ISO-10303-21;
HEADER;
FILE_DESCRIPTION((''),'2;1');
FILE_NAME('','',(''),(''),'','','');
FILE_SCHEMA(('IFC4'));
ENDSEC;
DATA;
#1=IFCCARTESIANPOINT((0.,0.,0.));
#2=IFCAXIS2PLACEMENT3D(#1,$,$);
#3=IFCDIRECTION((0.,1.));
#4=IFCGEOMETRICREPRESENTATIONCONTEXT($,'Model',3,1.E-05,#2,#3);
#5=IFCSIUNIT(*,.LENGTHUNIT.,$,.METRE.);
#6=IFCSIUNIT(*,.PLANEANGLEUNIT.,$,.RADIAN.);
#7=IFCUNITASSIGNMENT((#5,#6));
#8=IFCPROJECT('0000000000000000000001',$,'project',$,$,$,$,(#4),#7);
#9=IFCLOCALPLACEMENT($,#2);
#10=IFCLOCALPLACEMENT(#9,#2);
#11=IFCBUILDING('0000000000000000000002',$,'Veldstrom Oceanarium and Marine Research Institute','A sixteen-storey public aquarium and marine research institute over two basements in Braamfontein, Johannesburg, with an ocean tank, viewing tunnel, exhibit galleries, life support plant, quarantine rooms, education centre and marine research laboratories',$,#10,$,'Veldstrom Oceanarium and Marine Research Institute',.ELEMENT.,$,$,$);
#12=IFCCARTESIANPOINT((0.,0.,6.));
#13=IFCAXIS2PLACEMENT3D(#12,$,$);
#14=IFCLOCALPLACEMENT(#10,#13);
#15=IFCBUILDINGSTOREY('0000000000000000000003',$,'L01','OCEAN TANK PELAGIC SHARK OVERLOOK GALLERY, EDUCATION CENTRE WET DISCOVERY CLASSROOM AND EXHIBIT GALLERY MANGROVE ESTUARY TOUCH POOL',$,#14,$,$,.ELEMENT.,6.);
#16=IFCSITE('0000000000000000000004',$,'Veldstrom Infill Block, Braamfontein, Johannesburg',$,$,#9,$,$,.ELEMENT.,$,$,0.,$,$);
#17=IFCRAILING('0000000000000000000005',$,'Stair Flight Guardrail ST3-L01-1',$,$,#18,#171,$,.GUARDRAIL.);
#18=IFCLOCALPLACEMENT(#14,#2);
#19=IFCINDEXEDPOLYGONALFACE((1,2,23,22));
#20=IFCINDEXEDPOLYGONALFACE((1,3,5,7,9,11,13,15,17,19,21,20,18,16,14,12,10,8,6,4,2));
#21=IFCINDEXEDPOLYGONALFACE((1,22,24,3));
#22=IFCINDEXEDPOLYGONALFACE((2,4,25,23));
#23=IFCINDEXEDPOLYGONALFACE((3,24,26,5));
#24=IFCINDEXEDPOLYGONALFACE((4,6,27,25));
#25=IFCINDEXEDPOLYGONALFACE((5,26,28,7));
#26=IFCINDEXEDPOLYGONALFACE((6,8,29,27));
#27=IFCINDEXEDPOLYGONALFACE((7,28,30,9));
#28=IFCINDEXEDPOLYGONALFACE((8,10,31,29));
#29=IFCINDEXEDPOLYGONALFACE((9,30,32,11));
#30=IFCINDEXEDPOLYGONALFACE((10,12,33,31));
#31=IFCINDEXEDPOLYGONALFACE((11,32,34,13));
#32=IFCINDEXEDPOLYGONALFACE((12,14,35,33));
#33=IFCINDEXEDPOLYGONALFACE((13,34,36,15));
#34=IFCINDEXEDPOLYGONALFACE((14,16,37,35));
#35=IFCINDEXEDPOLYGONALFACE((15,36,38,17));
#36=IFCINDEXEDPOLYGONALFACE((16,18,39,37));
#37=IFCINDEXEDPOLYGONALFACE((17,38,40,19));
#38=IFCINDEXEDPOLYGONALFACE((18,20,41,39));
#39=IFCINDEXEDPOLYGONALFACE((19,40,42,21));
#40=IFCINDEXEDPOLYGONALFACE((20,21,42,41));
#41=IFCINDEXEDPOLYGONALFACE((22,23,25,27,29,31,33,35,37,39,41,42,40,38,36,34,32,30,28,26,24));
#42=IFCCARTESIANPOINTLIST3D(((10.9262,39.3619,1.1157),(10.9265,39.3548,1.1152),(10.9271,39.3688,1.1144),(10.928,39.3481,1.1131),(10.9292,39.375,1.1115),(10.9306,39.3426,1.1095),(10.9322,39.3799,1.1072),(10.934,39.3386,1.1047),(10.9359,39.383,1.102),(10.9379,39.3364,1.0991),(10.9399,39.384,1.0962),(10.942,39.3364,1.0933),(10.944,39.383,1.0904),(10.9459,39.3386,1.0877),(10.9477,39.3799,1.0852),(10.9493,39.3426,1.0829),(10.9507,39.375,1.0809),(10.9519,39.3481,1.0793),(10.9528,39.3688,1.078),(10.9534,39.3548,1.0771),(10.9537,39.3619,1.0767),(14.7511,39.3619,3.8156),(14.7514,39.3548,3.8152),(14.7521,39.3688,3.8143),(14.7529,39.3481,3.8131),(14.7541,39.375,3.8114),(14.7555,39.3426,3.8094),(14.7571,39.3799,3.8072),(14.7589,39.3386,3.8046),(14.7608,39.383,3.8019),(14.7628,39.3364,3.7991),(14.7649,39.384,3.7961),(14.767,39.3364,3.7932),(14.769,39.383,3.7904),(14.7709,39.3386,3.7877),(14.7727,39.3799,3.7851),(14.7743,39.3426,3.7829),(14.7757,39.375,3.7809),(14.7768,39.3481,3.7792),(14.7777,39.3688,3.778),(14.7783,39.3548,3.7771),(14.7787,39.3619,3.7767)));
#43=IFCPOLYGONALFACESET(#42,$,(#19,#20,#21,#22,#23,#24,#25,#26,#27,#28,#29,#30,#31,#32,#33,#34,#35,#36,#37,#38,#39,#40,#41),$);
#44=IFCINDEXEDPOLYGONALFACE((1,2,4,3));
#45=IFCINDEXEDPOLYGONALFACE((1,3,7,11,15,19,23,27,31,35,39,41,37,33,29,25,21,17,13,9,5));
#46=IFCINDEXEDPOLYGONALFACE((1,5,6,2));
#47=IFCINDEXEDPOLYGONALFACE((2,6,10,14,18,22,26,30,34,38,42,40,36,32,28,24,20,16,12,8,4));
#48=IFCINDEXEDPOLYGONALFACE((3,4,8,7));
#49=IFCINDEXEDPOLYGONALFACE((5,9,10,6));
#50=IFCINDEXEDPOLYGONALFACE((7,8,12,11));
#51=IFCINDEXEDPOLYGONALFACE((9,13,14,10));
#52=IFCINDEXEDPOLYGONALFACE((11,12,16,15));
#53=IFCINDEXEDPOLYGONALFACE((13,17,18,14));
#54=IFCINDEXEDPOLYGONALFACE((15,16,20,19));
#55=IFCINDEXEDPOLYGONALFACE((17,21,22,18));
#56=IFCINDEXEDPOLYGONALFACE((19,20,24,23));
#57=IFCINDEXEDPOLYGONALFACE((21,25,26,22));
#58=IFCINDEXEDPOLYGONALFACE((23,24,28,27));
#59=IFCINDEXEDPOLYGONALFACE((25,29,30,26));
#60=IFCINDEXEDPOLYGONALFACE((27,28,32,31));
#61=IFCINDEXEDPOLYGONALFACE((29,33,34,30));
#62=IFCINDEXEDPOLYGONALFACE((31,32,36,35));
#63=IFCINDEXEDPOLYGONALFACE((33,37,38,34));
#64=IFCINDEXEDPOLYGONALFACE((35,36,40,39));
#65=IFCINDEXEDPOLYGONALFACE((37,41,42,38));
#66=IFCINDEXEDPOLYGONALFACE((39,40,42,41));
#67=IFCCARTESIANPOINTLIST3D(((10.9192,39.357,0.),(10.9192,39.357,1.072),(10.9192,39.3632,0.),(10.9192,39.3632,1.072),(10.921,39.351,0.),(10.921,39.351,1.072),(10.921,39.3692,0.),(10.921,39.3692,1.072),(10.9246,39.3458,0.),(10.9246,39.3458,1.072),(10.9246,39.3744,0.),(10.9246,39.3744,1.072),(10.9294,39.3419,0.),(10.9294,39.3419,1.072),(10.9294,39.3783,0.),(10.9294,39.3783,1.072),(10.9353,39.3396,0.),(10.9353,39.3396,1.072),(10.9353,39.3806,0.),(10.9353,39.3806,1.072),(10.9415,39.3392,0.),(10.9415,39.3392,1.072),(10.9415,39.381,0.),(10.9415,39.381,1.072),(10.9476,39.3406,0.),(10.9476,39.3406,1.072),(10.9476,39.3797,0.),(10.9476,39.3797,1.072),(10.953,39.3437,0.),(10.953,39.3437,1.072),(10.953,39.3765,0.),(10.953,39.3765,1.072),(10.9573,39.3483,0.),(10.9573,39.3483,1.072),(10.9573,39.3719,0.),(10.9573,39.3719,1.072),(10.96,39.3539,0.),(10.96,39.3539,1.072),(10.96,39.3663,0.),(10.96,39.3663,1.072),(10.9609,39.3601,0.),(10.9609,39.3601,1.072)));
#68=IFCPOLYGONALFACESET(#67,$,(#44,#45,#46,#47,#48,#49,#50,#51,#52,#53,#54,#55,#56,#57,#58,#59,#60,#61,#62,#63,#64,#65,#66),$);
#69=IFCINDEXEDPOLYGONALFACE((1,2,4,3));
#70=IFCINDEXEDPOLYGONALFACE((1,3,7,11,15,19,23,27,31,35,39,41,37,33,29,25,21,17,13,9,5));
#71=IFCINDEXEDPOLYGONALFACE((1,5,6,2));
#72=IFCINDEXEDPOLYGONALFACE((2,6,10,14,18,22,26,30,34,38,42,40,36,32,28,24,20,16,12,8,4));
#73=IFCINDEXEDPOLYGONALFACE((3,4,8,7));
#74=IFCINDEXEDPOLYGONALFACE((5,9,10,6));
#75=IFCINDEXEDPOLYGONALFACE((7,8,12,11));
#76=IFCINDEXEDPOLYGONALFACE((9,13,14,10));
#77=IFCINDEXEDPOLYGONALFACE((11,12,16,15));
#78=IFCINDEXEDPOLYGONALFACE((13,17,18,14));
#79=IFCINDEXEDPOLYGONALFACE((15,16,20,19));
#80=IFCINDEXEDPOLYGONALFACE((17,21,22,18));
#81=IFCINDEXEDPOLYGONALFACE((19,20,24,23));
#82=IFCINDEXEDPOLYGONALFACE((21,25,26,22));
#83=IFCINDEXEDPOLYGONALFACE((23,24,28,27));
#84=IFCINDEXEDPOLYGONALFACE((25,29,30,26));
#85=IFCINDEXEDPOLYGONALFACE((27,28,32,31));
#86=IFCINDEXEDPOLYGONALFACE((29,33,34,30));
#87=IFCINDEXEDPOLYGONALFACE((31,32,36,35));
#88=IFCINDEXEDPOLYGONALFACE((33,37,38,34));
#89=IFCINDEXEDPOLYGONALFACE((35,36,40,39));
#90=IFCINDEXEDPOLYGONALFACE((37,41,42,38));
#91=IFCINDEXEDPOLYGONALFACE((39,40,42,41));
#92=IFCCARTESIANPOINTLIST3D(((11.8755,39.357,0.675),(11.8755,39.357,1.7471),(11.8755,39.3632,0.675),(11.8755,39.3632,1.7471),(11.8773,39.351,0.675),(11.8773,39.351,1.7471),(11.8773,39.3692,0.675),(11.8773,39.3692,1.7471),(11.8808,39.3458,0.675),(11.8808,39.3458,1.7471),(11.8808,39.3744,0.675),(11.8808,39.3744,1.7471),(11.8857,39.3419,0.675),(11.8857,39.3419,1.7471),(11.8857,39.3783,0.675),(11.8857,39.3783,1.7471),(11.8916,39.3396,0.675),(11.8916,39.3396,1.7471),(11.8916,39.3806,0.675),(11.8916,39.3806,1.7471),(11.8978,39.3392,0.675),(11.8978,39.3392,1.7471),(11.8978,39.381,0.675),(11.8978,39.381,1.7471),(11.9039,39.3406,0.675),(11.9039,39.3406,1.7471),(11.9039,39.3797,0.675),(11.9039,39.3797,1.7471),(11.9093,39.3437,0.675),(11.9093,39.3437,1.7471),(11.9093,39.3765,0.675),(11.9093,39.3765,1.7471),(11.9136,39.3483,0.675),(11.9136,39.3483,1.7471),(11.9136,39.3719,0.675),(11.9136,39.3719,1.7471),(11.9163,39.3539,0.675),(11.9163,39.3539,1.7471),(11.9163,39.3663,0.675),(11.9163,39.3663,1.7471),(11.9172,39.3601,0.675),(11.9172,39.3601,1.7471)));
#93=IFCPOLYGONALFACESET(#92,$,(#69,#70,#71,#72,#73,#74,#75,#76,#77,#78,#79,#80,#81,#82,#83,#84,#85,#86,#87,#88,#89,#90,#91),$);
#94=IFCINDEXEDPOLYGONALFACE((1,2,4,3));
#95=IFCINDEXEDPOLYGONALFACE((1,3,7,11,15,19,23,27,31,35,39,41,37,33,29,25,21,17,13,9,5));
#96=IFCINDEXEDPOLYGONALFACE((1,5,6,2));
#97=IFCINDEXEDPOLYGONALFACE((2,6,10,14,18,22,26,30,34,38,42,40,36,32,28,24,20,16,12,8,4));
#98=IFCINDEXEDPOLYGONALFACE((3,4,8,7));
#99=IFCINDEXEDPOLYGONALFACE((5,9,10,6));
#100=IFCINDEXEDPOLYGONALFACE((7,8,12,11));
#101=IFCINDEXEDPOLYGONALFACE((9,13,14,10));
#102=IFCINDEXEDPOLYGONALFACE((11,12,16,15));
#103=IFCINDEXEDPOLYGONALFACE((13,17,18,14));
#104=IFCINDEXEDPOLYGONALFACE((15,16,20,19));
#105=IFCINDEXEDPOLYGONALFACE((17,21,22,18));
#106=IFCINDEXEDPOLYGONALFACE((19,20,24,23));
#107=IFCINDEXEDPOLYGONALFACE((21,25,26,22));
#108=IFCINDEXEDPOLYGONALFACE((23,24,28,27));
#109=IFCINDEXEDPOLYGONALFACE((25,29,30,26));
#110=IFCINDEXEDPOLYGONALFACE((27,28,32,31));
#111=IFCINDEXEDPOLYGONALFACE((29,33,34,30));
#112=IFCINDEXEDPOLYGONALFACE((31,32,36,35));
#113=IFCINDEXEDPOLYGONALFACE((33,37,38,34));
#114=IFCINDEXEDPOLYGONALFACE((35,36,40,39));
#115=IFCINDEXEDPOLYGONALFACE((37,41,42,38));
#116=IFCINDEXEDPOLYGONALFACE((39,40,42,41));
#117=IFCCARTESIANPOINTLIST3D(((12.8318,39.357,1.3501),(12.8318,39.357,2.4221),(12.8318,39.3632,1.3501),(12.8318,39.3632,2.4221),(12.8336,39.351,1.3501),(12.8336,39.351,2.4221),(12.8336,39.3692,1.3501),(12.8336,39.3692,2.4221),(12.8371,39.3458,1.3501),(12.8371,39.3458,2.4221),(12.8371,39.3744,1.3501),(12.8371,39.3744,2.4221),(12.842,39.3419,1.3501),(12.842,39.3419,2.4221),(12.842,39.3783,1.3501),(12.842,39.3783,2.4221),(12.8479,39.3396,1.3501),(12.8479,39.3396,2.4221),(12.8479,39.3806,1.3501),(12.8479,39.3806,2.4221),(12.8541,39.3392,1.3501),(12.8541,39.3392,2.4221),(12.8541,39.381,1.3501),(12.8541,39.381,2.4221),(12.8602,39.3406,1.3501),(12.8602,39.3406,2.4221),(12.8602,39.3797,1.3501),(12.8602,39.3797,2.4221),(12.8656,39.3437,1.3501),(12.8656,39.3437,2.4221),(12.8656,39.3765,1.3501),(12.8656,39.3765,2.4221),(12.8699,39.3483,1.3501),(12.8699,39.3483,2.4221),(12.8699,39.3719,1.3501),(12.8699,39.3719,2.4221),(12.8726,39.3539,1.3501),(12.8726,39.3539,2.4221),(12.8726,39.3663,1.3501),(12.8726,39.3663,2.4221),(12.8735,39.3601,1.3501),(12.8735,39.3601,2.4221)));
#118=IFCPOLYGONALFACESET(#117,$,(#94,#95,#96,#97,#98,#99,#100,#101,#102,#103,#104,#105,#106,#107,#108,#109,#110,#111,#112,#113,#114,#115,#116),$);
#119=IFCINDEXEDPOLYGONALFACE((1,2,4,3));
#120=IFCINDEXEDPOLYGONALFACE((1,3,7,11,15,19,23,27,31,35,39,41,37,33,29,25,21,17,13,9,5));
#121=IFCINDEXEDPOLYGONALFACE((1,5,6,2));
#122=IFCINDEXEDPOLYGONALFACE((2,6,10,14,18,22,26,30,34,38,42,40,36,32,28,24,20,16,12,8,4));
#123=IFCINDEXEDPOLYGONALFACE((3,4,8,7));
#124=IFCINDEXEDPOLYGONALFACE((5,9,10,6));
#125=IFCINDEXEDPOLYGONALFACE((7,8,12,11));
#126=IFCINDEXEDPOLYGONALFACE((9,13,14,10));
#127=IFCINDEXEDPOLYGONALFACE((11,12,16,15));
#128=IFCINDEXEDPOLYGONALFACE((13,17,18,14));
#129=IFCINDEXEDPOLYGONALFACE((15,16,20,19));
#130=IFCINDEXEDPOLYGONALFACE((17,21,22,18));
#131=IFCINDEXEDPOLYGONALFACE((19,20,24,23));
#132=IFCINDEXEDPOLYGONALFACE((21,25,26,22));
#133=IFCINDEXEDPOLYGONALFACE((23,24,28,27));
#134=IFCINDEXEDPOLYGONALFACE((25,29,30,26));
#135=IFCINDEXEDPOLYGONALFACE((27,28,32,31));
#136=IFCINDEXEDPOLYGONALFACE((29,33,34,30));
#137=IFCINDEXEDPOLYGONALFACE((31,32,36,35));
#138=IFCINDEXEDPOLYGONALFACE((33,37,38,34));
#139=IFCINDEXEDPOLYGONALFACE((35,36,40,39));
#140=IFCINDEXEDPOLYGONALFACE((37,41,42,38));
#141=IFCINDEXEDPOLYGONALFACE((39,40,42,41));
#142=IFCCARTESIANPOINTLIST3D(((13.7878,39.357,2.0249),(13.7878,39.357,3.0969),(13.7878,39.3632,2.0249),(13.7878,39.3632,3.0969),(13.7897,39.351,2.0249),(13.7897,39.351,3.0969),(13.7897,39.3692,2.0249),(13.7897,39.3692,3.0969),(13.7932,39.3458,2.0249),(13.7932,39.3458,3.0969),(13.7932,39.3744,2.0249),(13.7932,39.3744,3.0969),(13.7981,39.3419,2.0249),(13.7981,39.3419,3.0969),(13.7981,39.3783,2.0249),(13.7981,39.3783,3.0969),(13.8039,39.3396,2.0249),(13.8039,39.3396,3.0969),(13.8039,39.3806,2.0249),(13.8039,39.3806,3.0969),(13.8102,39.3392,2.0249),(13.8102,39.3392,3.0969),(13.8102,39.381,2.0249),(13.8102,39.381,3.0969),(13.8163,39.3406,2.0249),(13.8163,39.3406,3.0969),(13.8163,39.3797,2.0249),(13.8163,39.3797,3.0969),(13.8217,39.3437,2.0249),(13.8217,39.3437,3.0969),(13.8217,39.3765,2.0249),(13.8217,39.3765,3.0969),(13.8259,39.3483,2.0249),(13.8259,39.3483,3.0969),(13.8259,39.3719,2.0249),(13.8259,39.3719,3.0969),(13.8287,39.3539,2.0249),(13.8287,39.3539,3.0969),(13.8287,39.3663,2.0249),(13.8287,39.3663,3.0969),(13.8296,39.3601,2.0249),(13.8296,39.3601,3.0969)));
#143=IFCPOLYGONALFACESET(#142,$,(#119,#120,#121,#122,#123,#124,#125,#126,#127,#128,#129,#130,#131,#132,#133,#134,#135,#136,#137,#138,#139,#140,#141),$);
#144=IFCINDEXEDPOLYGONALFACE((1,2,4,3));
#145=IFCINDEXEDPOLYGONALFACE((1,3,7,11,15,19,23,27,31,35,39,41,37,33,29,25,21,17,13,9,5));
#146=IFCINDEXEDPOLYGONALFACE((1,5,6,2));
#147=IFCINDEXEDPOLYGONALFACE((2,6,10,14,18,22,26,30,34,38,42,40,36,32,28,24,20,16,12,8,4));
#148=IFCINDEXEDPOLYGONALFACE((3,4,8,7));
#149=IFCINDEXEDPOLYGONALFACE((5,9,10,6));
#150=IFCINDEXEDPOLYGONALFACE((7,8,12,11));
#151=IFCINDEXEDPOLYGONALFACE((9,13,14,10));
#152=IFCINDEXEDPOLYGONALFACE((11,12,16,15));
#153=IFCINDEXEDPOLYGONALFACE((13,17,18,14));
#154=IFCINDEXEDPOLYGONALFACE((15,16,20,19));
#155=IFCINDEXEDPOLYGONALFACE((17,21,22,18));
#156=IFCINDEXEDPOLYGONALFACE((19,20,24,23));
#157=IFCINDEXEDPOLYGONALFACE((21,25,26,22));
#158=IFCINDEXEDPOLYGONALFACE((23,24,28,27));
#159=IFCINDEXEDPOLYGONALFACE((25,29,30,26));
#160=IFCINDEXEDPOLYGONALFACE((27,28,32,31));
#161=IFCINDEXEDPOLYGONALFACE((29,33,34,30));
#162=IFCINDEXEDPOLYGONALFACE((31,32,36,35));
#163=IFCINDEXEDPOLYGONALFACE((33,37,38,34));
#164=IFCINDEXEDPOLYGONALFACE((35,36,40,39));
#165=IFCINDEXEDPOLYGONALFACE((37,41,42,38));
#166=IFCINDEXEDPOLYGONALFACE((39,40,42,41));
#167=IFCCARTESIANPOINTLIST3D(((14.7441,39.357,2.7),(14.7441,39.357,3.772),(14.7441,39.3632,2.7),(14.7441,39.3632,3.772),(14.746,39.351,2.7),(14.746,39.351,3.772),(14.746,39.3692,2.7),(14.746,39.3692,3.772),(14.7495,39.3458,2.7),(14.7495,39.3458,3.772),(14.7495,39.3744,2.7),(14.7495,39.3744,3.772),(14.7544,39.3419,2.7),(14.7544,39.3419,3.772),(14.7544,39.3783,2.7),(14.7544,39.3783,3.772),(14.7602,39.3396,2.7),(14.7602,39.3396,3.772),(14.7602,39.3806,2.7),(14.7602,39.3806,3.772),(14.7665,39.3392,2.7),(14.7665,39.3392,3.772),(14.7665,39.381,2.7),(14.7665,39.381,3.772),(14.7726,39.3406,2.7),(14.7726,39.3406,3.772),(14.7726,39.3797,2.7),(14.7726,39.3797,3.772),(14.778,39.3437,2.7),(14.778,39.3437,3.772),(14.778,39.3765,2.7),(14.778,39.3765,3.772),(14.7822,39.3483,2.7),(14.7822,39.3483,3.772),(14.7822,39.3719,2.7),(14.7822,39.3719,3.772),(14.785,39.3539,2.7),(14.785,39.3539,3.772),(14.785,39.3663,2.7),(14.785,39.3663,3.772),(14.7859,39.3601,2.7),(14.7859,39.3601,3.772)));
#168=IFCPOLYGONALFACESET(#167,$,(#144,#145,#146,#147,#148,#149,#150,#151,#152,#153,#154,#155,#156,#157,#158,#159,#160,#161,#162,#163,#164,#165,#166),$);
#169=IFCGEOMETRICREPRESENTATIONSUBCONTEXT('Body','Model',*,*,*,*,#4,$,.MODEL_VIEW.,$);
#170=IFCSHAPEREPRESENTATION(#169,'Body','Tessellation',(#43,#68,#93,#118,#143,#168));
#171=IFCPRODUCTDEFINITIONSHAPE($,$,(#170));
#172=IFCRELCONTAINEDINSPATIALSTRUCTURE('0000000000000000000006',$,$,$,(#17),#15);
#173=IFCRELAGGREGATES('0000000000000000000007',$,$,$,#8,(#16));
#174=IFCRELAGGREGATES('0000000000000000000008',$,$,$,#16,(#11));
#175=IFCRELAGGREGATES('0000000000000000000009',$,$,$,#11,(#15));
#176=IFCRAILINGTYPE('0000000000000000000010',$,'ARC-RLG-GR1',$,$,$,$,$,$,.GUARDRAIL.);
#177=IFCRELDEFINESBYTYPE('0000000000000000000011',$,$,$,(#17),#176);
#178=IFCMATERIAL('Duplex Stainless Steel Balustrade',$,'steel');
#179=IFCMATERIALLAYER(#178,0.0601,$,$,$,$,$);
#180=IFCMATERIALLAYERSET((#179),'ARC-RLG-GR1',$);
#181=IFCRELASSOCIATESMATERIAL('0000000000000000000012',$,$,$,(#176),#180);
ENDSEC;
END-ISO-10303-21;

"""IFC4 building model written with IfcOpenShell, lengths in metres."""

from ifc_helpers import new_model, si_unit, direction, frame, origin, origin_2d, place, context, subcontext, project, spatial, circle, extrude, material, layer, layer_set, type_object, element, save


model = new_model("IFC4")

# Units and contexts
model_context = context("Model", 3, precision=1e-05, world=origin(), true_north=direction((0.0, 1.0)))
body_context = subcontext(model_context, "Body", "Model", "MODEL_VIEW")
ifc_project = project(units=[si_unit("LENGTHUNIT", "METRE"), si_unit("PLANEANGLEUNIT", "RADIAN")], contexts=[model_context])

# Site, building, storey
site_placement = place(None, origin())
site = spatial("IfcSite", under=ifc_project, at=site_placement, Name="Veldstrom Infill Block, Braamfontein, Johannesburg", CompositionType="ELEMENT", RefElevation=0.0)
building_placement = place(site_placement, origin())
building = spatial("IfcBuilding", under=site, at=building_placement, Name="Veldstrom Oceanarium and Marine Research Institute", Description="A sixteen-storey public aquarium and marine research institute over two basements in Braamfontein, Johannesburg, with an ocean tank, viewing tunnel, exhibit galleries, life support plant, quarantine rooms, education centre and marine research laboratories", LongName="Veldstrom Oceanarium and Marine Research Institute", CompositionType="ELEMENT")
storey_placement = place(building_placement, frame((0.0, 0.0, 6.0)))
storey = spatial("IfcBuildingStorey", under=building, at=storey_placement, Name="L01", Description="OCEAN TANK PELAGIC SHARK OVERLOOK GALLERY, EDUCATION CENTRE WET DISCOVERY CLASSROOM AND EXHIBIT GALLERY MANGROVE ESTUARY TOUCH POOL", CompositionType="ELEMENT", Elevation=6.0)

# Railing
ifc_material_1 = material(Name="Duplex Stainless Steel Balustrade", Category="steel")
ifc_layer_1 = layer(ifc_material_1, 0.0601)
ifc_layer_set_1 = layer_set([ifc_layer_1], Name="ARC-RLG-GR1")
railing_type_1 = type_object("IfcRailingType", Name="ARC-RLG-GR1", PredefinedType="GUARDRAIL", material=ifc_layer_set_1)
railing_1_placement = place(storey_placement, frame((10.9399, 39.3601, 0.0)))
element("IfcRailing", 1, at=railing_1_placement, inside=storey, type_object=railing_type_1, Name="Stair Flight Guardrail ST3-L01-1", PredefinedType="GUARDRAIL", context=body_context, shape_type="SweptSolid", body=[
    extrude(circle(Radius=0.0239, at=origin_2d()), frame((0.0, 0.0, 1.0962), z_axis=(0.816969, 0.0, 0.576681), x_axis=(0.0, 1.0, 0.0)), (0.0, 0.0, 1.0), 4.6819),
    extrude(circle(Radius=0.021, at=origin_2d()), origin(), (0.0, 0.0, 1.0), 1.072),
    extrude(circle(Radius=0.021, at=origin_2d()), frame((0.9563, 0.0, 0.675)), (0.0, 0.0, 1.0), 1.072),
    extrude(circle(Radius=0.021, at=origin_2d()), frame((1.9126, 0.0, 1.3501)), (0.0, 0.0, 1.0), 1.072),
    extrude(circle(Radius=0.021, at=origin_2d()), frame((2.8687, 0.0, 2.0249)), (0.0, 0.0, 1.0), 1.072),
    extrude(circle(Radius=0.021, at=origin_2d()), frame((3.825, 0.0, 2.7)), (0.0, 0.0, 1.0), 1.072),
])

save(model, "model.ifc")
